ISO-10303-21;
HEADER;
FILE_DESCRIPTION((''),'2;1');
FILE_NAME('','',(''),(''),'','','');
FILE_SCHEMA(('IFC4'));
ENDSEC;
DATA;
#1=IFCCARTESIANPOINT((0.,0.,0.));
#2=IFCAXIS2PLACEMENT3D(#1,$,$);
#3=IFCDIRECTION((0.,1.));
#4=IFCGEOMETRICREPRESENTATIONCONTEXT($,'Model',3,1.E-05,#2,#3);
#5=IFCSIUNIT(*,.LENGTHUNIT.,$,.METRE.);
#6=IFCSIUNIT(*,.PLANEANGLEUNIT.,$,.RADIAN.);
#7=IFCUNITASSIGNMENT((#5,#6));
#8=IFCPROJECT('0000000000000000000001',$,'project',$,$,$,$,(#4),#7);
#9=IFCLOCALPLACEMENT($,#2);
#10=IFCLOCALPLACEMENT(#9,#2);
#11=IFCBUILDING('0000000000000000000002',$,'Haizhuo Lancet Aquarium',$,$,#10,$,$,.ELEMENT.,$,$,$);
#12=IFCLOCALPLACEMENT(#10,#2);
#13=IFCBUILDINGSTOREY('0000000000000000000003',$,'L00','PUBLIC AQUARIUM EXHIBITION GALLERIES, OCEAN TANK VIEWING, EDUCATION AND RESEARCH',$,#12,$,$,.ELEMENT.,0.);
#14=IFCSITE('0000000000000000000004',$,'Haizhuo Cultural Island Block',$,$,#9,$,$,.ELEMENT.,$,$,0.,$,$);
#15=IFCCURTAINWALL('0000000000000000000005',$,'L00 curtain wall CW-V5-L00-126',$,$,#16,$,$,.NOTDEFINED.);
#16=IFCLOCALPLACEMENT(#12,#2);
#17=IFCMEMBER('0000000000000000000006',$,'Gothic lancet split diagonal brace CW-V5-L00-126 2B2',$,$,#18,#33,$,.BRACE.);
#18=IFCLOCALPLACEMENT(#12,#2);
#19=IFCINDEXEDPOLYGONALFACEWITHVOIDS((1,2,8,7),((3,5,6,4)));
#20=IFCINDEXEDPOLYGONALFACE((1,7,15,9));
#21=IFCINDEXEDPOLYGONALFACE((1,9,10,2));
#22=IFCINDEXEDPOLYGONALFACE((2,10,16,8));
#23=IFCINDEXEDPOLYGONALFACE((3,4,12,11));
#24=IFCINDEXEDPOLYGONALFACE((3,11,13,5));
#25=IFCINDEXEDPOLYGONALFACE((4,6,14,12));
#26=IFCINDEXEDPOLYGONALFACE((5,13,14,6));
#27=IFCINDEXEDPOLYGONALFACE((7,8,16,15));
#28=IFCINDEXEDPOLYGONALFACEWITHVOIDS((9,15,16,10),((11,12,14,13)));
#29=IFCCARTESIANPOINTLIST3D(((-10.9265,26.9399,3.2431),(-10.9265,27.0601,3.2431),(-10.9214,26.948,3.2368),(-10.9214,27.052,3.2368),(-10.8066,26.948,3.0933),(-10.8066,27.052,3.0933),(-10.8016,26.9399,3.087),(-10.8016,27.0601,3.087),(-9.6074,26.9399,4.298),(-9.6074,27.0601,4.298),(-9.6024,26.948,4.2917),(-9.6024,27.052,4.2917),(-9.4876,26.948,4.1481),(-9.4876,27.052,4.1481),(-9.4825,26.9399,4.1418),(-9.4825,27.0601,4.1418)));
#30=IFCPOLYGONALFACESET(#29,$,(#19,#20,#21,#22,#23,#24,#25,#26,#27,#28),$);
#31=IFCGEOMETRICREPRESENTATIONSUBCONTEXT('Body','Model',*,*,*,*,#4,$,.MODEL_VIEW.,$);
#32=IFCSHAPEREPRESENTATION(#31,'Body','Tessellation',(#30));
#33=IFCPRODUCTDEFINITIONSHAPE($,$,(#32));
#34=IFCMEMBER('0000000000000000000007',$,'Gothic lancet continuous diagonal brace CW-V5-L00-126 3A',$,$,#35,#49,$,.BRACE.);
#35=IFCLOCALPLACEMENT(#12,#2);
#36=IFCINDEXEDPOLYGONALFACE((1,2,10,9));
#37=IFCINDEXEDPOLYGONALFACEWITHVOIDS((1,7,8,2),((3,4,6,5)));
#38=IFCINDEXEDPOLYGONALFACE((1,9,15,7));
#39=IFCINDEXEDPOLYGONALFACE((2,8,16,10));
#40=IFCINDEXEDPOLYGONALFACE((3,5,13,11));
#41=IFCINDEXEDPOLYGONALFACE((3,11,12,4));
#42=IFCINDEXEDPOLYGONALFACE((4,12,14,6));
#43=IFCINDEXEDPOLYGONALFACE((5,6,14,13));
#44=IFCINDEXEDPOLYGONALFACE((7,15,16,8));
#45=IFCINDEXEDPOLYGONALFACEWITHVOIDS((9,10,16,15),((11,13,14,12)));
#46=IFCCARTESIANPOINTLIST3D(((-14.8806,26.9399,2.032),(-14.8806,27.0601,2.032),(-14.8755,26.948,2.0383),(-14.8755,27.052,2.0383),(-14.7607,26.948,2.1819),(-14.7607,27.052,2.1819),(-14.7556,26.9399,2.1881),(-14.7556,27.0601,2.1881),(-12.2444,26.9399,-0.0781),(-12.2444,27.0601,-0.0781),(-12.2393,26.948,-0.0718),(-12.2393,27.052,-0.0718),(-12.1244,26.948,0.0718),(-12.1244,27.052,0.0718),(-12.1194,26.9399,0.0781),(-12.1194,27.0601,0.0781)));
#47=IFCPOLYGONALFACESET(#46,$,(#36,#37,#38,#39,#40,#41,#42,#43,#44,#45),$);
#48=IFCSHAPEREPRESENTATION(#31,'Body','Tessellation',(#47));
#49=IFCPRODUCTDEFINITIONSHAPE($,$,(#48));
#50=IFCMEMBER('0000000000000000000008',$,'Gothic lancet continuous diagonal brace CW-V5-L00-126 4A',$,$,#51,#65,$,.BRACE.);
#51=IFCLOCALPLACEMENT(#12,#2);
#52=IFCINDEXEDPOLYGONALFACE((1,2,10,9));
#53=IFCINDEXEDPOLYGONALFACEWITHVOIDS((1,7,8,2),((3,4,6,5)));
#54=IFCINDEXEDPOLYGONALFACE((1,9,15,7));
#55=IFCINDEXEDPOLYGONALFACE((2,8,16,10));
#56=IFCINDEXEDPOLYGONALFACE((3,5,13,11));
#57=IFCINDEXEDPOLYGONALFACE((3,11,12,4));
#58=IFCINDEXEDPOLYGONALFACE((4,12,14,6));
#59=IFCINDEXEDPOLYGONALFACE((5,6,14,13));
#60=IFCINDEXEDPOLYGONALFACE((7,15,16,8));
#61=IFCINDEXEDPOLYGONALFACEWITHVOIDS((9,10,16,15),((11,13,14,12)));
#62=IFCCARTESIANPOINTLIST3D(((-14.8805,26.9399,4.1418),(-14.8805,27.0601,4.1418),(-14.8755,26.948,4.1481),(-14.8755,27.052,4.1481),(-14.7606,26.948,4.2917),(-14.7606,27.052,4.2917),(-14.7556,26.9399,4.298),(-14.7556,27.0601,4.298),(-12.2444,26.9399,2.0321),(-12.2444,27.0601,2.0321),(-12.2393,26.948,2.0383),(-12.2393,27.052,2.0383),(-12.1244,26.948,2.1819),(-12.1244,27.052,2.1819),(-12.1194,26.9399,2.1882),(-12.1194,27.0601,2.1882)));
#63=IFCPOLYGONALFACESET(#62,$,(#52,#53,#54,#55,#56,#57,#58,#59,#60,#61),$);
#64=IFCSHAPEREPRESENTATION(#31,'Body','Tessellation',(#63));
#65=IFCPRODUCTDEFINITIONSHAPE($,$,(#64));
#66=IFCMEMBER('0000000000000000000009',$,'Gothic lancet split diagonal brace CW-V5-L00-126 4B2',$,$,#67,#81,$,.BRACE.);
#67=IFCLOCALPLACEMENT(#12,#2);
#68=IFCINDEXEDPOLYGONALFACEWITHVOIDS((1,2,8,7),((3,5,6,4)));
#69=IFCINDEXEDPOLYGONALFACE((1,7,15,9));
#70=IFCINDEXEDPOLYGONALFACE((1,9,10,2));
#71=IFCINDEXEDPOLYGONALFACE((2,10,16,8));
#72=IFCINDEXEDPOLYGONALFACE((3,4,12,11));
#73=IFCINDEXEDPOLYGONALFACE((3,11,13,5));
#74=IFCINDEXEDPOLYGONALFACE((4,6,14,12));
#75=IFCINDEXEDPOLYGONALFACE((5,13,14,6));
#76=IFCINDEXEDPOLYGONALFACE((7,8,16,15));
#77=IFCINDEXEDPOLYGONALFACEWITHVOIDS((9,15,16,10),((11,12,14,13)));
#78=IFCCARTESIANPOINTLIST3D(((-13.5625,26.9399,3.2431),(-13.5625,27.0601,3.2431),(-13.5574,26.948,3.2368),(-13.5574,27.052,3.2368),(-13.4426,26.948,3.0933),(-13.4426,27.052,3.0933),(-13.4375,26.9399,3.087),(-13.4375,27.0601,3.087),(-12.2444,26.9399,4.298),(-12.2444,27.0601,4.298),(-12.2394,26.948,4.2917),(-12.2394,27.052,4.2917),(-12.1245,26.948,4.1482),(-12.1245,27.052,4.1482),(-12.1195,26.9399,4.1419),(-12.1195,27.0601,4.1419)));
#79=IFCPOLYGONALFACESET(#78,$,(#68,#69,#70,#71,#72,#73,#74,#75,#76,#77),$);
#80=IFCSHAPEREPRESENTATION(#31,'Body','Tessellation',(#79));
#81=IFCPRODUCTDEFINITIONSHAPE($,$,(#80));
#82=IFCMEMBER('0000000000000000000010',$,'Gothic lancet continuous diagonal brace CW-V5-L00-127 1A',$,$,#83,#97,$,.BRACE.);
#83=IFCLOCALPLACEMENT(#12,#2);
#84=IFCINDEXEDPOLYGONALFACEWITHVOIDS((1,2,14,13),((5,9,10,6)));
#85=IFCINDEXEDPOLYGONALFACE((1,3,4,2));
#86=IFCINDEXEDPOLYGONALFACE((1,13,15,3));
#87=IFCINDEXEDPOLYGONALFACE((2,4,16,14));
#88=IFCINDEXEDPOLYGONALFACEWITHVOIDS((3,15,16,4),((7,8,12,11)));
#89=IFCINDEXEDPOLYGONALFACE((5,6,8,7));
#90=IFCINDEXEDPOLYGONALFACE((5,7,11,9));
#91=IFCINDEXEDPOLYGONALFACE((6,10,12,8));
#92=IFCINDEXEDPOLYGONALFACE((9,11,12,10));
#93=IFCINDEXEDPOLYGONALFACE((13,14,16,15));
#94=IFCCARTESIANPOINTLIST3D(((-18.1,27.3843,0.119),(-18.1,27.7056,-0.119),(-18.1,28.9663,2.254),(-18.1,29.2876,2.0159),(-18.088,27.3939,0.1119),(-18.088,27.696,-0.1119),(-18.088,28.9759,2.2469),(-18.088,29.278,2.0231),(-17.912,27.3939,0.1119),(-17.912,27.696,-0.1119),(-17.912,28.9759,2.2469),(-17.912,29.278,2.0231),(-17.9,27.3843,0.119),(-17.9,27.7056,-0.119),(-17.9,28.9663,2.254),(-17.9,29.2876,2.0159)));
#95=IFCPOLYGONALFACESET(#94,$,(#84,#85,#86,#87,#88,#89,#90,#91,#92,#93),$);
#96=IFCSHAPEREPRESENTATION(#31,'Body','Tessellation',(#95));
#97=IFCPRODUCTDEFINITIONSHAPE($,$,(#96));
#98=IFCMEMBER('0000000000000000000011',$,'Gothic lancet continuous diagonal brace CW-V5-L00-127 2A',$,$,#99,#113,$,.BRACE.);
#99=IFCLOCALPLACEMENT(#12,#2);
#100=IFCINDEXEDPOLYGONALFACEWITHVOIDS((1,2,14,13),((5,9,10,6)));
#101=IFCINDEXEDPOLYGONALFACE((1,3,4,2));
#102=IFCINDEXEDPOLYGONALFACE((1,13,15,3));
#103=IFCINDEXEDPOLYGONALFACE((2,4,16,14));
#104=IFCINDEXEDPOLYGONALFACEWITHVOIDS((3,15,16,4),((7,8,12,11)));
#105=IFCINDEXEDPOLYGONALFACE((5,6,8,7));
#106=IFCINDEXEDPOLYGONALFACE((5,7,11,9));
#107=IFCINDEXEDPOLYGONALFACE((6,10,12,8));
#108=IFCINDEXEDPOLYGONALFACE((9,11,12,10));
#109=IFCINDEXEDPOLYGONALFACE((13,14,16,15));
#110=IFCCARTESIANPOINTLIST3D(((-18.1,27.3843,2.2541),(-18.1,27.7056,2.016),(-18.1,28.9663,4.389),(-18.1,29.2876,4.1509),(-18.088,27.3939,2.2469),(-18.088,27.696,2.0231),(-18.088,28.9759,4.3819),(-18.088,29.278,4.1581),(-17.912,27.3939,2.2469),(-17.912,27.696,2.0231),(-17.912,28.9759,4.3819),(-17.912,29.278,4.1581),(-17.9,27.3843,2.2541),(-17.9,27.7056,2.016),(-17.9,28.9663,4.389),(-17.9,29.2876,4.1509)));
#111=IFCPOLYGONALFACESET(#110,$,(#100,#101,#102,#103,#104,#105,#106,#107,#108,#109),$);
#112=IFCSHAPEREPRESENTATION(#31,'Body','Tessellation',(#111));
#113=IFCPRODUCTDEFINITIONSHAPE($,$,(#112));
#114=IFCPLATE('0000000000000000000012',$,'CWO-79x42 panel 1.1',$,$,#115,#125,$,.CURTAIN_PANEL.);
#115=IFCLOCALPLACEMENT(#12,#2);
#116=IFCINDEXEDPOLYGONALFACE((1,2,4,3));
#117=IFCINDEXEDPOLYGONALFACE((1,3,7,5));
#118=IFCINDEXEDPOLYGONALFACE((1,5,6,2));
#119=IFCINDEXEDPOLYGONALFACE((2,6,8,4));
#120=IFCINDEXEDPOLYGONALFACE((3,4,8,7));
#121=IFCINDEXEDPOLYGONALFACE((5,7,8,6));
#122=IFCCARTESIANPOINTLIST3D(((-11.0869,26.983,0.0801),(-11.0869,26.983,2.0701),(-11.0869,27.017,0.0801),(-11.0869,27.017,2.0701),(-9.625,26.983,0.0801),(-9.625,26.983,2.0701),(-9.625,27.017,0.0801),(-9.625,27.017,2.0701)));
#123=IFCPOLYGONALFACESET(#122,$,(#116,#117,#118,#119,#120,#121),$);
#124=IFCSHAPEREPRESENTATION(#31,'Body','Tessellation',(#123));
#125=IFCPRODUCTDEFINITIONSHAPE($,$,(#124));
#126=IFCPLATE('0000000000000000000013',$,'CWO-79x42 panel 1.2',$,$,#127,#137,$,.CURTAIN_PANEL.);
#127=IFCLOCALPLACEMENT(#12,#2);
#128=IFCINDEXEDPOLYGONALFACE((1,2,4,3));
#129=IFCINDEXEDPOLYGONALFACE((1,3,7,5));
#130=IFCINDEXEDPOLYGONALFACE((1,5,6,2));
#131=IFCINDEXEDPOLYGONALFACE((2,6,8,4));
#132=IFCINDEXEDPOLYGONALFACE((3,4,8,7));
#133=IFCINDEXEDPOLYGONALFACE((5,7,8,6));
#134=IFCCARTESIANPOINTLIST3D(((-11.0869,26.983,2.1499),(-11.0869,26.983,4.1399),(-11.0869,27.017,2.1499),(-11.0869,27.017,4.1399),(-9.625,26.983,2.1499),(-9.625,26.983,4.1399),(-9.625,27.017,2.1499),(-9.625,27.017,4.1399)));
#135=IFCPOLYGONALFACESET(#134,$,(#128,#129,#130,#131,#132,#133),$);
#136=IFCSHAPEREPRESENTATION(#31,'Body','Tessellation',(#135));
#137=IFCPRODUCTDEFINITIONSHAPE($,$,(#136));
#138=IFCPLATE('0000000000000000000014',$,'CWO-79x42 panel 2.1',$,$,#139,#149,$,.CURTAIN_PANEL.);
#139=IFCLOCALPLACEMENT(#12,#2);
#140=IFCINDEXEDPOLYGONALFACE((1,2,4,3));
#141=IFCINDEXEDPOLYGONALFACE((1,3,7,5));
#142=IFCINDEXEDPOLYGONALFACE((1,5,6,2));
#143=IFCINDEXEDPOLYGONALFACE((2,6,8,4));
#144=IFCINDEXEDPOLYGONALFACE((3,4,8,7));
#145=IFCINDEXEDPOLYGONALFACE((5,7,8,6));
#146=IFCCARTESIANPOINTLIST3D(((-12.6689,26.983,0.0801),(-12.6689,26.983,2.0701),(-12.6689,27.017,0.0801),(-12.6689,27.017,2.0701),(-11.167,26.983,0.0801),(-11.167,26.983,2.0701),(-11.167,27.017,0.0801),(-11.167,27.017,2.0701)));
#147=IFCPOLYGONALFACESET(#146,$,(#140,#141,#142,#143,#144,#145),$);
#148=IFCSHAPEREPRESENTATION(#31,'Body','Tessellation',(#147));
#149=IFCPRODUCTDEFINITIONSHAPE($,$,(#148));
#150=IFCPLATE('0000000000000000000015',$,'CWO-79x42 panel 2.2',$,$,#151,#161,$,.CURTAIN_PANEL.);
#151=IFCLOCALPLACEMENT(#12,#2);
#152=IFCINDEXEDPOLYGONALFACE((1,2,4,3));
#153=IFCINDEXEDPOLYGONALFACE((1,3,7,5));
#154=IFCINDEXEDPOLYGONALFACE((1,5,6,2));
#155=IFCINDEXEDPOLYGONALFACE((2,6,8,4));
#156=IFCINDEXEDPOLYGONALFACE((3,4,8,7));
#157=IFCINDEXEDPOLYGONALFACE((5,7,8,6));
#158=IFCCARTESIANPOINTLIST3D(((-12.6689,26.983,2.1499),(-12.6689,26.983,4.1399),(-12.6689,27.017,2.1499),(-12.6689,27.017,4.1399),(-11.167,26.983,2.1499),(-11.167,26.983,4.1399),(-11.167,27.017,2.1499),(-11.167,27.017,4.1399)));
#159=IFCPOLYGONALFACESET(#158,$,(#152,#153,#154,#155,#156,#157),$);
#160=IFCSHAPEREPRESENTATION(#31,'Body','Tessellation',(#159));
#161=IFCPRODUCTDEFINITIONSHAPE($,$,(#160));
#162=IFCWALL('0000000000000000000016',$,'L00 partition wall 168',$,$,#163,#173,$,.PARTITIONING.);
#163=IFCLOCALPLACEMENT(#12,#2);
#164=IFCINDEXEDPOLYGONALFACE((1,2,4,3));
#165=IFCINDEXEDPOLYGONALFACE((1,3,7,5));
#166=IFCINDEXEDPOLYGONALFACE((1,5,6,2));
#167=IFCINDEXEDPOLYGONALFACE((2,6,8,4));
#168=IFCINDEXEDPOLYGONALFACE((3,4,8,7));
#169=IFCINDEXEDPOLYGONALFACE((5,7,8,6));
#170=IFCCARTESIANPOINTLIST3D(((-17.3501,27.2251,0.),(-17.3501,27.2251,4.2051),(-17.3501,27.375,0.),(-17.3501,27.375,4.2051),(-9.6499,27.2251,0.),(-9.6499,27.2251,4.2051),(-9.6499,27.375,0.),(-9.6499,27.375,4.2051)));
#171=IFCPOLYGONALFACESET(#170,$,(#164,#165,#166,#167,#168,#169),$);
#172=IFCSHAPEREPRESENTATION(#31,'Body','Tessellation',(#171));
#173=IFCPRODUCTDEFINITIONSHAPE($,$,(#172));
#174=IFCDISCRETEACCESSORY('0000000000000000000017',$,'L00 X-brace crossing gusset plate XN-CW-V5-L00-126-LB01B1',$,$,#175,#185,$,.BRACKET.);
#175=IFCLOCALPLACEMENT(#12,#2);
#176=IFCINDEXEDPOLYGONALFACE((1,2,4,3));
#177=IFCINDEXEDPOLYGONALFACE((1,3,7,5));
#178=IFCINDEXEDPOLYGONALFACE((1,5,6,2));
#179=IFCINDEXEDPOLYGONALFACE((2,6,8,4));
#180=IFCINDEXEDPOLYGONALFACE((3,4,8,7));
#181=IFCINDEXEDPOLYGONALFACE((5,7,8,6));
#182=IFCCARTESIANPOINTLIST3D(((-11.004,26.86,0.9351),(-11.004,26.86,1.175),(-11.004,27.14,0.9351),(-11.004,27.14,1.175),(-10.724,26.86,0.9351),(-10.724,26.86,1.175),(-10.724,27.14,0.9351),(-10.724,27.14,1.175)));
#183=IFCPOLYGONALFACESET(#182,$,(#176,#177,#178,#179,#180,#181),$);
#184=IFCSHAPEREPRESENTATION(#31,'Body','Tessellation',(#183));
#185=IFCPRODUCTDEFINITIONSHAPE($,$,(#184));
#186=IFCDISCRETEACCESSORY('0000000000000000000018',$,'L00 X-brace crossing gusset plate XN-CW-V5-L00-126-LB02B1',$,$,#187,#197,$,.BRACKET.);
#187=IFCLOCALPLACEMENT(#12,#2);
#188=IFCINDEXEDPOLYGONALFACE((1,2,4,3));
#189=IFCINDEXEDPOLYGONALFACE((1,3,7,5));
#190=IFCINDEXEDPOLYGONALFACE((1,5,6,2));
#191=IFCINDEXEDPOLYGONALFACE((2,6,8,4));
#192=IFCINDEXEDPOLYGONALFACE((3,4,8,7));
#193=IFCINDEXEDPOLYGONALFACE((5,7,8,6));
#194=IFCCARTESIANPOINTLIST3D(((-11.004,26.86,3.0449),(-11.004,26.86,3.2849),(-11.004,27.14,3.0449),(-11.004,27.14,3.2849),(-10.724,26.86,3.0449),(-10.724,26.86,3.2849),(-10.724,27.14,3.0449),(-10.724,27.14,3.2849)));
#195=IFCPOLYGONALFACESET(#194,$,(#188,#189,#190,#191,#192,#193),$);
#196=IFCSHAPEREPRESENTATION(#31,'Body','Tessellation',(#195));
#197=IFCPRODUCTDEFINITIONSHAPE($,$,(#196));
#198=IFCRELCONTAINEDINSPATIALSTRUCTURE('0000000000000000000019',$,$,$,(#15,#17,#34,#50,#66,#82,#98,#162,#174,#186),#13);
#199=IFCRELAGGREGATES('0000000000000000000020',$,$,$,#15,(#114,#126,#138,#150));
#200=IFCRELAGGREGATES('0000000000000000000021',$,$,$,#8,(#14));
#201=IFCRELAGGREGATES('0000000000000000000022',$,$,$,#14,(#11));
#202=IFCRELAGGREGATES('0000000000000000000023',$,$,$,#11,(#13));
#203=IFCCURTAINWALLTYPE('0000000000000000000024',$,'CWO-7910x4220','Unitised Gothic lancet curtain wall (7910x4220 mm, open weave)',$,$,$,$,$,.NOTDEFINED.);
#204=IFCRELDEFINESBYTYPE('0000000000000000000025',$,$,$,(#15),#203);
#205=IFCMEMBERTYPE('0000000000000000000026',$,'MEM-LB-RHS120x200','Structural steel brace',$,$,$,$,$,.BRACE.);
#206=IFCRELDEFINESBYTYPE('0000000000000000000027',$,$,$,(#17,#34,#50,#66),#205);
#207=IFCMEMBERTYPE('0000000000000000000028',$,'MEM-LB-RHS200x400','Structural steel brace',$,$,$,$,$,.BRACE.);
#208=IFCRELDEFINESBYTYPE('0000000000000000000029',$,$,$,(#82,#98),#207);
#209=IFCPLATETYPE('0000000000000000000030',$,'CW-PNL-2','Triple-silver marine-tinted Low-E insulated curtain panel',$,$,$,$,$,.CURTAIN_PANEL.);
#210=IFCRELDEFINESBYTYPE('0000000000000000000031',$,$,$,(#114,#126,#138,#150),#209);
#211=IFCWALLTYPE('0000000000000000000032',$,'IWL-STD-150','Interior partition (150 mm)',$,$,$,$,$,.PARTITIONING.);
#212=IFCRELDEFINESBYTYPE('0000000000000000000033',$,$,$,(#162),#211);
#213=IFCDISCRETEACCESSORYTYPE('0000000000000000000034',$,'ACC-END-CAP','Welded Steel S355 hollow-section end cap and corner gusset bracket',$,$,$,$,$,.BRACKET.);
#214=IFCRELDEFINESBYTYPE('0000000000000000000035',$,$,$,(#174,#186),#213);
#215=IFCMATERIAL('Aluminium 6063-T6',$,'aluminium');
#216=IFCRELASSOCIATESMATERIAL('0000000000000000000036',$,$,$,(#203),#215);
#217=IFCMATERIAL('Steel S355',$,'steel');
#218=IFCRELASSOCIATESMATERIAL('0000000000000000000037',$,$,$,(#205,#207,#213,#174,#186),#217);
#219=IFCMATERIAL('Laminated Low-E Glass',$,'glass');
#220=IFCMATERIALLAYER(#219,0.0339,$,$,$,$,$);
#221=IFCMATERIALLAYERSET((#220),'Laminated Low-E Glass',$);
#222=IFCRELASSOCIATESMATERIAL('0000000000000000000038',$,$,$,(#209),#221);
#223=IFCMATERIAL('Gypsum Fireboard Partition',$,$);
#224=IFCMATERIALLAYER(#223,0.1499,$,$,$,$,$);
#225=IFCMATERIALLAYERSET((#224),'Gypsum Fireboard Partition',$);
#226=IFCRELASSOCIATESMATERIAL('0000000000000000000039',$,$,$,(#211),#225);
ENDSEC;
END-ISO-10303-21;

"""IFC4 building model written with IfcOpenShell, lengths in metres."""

from ifc_helpers import new_model, si_unit, direction, frame, frame_2d, origin, origin_2d, place, context, subcontext, project, spatial, rectangle, hollow_rectangle, extrude, material, layer, layer_set, material_profile, profile_set, type_object, element, aggregate, save


model = new_model("IFC4")

# Units and contexts
model_context = context("Model", 3, precision=1e-05, world=origin(), true_north=direction((0.0, 1.0)))
body_context = subcontext(model_context, "Body", "Model", "MODEL_VIEW")
ifc_project = project(units=[si_unit("LENGTHUNIT", "METRE"), si_unit("PLANEANGLEUNIT", "RADIAN")], contexts=[model_context])

# Site, building, storey
site_placement = place(None, origin())
site = spatial("IfcSite", under=ifc_project, at=site_placement, Name="Haizhuo Cultural Island Block", CompositionType="ELEMENT", RefElevation=0.0)
building_placement = place(site_placement, origin())
building = spatial("IfcBuilding", under=site, at=building_placement, Name="Haizhuo Lancet Aquarium", CompositionType="ELEMENT")
storey_placement = place(building_placement, origin())
storey = spatial("IfcBuildingStorey", under=building, at=storey_placement, Name="L00", Description="PUBLIC AQUARIUM EXHIBITION GALLERIES, OCEAN TANK VIEWING, EDUCATION AND RESEARCH", CompositionType="ELEMENT", Elevation=0.0)

# Shared definitions
ifc_material_1 = material(Name="Aluminium 6063-T6", Category="aluminium")

# Curtain wall
curtain_wall_type_1 = type_object("IfcCurtainWallType", Name="CWO-7910x4220", Description="Unitised Gothic lancet curtain wall (7910x4220 mm, open weave)", PredefinedType="NOTDEFINED", material=ifc_material_1)
curtain_wall_1_placement = place(storey_placement, origin())
curtain_wall_1 = element("IfcCurtainWall", 1, at=curtain_wall_1_placement, inside=storey, type_object=curtain_wall_type_1, Name="L00 curtain wall CW-V5-L00-126", PredefinedType="NOTDEFINED")

# Members
ifc_material_2 = material(Name="Steel S355", Category="steel")
ifc_material_profile_1 = material_profile(ifc_material_2, hollow_rectangle(XDim=0.1201, YDim=0.2, WallThickness=0.0081, at=origin_2d()), Name="RHS 120x200x8")
ifc_profile_set_1 = profile_set([ifc_material_profile_1], Name="Steel S355")
member_type_1 = type_object("IfcMemberType", Name="MEM-LB-RHS120x200", Description="Structural steel brace", PredefinedType="BRACE", material=ifc_profile_set_1)
member_1_placement = place(storey_placement, frame((-10.864, 27.0, 3.165), z_axis=(0.780968, 0.0, 0.624572), x_axis=(0.0, 1.0, 0.0)))
element("IfcMember", 2, at=member_1_placement, inside=storey, type_object=member_type_1, Name="Gothic lancet split diagonal brace CW-V5-L00-126 2B2", PredefinedType="BRACE", context=body_context, shape_type="SweptSolid", body=[
    extrude(hollow_rectangle(XDim=0.1201, YDim=0.2, WallThickness=0.0081, at=origin_2d()), origin(), (0.0, 0.0, 1.0), 1.689),
])
member_2_placement = place(storey_placement, frame((-12.1819, 27.0, 0.0), z_axis=(-0.780707, 0.0, 0.624898), x_axis=(0.0, -1.0, 0.0)))
element("IfcMember", 3, at=member_2_placement, inside=storey, type_object=member_type_1, Name="Gothic lancet continuous diagonal brace CW-V5-L00-126 3A", PredefinedType="BRACE", context=body_context, shape_type="SweptSolid", body=[
    extrude(hollow_rectangle(XDim=0.1201, YDim=0.2, WallThickness=0.0081, at=origin_2d()), origin(), (0.0, 0.0, 1.0), 3.3767),
])
member_3_placement = place(storey_placement, frame((-12.1819, 27.0, 2.1101), z_axis=(-0.780742, 0.0, 0.624854), x_axis=(0.0, -1.0, 0.0)))
element("IfcMember", 4, at=member_3_placement, inside=storey, type_object=member_type_1, Name="Gothic lancet continuous diagonal brace CW-V5-L00-126 4A", PredefinedType="BRACE", context=body_context, shape_type="SweptSolid", body=[
    extrude(hollow_rectangle(XDim=0.1201, YDim=0.2, WallThickness=0.0081, at=origin_2d()), origin(), (0.0, 0.0, 1.0), 3.3765),
])
member_4_placement = place(storey_placement, frame((-13.5, 27.0, 3.165), z_axis=(0.780742, 0.0, 0.624854), x_axis=(0.0, 1.0, 0.0)))
element("IfcMember", 5, at=member_4_placement, inside=storey, type_object=member_type_1, Name="Gothic lancet split diagonal brace CW-V5-L00-126 4B2", PredefinedType="BRACE", context=body_context, shape_type="SweptSolid", body=[
    extrude(hollow_rectangle(XDim=0.1201, YDim=0.2, WallThickness=0.0081, at=origin_2d()), origin(), (0.0, 0.0, 1.0), 1.6882),
])
ifc_material_profile_2 = material_profile(ifc_material_2, hollow_rectangle(XDim=0.2, YDim=0.3999, WallThickness=0.012, at=origin_2d()), Name="RHS 200x400x12")
ifc_profile_set_2 = profile_set([ifc_material_profile_2], Name="Steel S355")
member_type_2 = type_object("IfcMemberType", Name="MEM-LB-RHS200x400", Description="Structural steel brace", PredefinedType="BRACE", material=ifc_profile_set_2)
for number, where, z_axis, x_axis, name in (
    (6, (-18.0, 27.5449, 0.0), (0.0, 0.595359, 0.80346), (-1.0, 0.0, 0.0), "Gothic lancet continuous diagonal brace CW-V5-L00-127 1A"),
    (7, (-18.0, 27.5449, 2.135), (0.0, 0.595359, 0.80346), (-1.0, 0.0, 0.0), "Gothic lancet continuous diagonal brace CW-V5-L00-127 2A"),
):
    element("IfcMember", number, at=place(storey_placement, frame(where, z_axis=z_axis, x_axis=x_axis)), inside=storey, type_object=member_type_2, Name=name, PredefinedType="BRACE", context=body_context, shape_type="SweptSolid", body=[
        extrude(hollow_rectangle(XDim=0.2, YDim=0.3999, WallThickness=0.012, at=origin_2d()), origin(), (0.0, 0.0, 1.0), 2.6572),
    ])

# Plates
ifc_material_3 = material(Name="Laminated Low-E Glass", Category="glass")
ifc_layer_1 = layer(ifc_material_3, 0.0339)
ifc_layer_set_1 = layer_set([ifc_layer_1], Name="Laminated Low-E Glass")
plate_type = type_object("IfcPlateType", Name="CW-PNL-2", Description="Triple-silver marine-tinted Low-E insulated curtain panel", PredefinedType="CURTAIN_PANEL", material=ifc_layer_set_1)
plate_1_placement = place(storey_placement, frame((-10.356, 27.0, 0.0801), z_axis=(0.0, 0.0, 1.0), x_axis=(-1.0, 0.0, 0.0)))
plate_1 = element("IfcPlate", 8, at=plate_1_placement, type_object=plate_type, Name="CWO-79x42 panel 1.1", PredefinedType="CURTAIN_PANEL", context=body_context, shape_type="SweptSolid", body=[
    extrude(rectangle(XDim=1.4619, YDim=0.0339, at=origin_2d()), origin(), (0.0, 0.0, 1.0), 1.99),
])
plate_2_placement = place(storey_placement, frame((-10.356, 27.0, 2.1499), z_axis=(0.0, 0.0, 1.0), x_axis=(-1.0, 0.0, 0.0)))
plate_2 = element("IfcPlate", 9, at=plate_2_placement, type_object=plate_type, Name="CWO-79x42 panel 1.2", PredefinedType="CURTAIN_PANEL", context=body_context, shape_type="SweptSolid", body=[
    extrude(rectangle(XDim=1.4619, YDim=0.0339, at=origin_2d()), origin(), (0.0, 0.0, 1.0), 1.99),
])
plate_3_placement = place(storey_placement, frame((-11.918, 27.0, 0.0801), z_axis=(0.0, 0.0, 1.0), x_axis=(-1.0, 0.0, 0.0)))
plate_3 = element("IfcPlate", 10, at=plate_3_placement, type_object=plate_type, Name="CWO-79x42 panel 2.1", PredefinedType="CURTAIN_PANEL", context=body_context, shape_type="SweptSolid", body=[
    extrude(rectangle(XDim=1.502, YDim=0.0339, at=origin_2d()), origin(), (0.0, 0.0, 1.0), 1.99),
])
plate_4_placement = place(storey_placement, frame((-11.918, 27.0, 2.1499), z_axis=(0.0, 0.0, 1.0), x_axis=(-1.0, 0.0, 0.0)))
plate_4 = element("IfcPlate", 11, at=plate_4_placement, type_object=plate_type, Name="CWO-79x42 panel 2.2", PredefinedType="CURTAIN_PANEL", context=body_context, shape_type="SweptSolid", body=[
    extrude(rectangle(XDim=1.502, YDim=0.0339, at=origin_2d()), origin(), (0.0, 0.0, 1.0), 1.99),
])
aggregate(curtain_wall_1, [plate_1, plate_2, plate_3, plate_4])

# Wall
ifc_material_4 = material(Name="Gypsum Fireboard Partition")
ifc_layer_2 = layer(ifc_material_4, 0.1499)
ifc_layer_set_2 = layer_set([ifc_layer_2], Name="Gypsum Fireboard Partition")
wall_type = type_object("IfcWallType", Name="IWL-STD-150", Description="Interior partition (150 mm)", PredefinedType="PARTITIONING", material=ifc_layer_set_2)
wall_placement = place(storey_placement, frame((-17.3501, 27.3, 0.0), z_axis=(0.0, 0.0, 1.0), x_axis=(1.0, 0.0, 0.0)))
element("IfcWall", 12, at=wall_placement, inside=storey, type_object=wall_type, Name="L00 partition wall 168", PredefinedType="PARTITIONING", context=body_context, shape_type="SweptSolid", body=[
    extrude(rectangle(XDim=7.7002, YDim=0.1499, at=frame_2d((3.8501, 0.0))), origin(), (0.0, 0.0, 1.0), 4.2051),
])

# Discrete accessories
discrete_accessory_type = type_object("IfcDiscreteAccessoryType", Name="ACC-END-CAP", Description="Welded Steel S355 hollow-section end cap and corner gusset bracket", PredefinedType="BRACKET", material=ifc_material_2)
for number, where, z_axis, x_axis, name in (
    (13, (-10.864, 27.0, 0.9351), (0.0, 0.0, 1.0), (1.0, 0.0, 0.0), "L00 X-brace crossing gusset plate XN-CW-V5-L00-126-LB01B1"),
    (14, (-10.864, 27.0, 3.0449), (0.0, 0.0, 1.0), (1.0, 0.0, 0.0), "L00 X-brace crossing gusset plate XN-CW-V5-L00-126-LB02B1"),
):
    element("IfcDiscreteAccessory", number, at=place(storey_placement, frame(where, z_axis=z_axis, x_axis=x_axis)), inside=storey, type_object=discrete_accessory_type, material=ifc_material_2, Name=name, PredefinedType="BRACKET", context=body_context, shape_type="SweptSolid", body=[
        extrude(rectangle(XDim=0.28, YDim=0.28, at=origin_2d()), origin(), (0.0, 0.0, 1.0), 0.24),
    ])

save(model, "model.ifc")
